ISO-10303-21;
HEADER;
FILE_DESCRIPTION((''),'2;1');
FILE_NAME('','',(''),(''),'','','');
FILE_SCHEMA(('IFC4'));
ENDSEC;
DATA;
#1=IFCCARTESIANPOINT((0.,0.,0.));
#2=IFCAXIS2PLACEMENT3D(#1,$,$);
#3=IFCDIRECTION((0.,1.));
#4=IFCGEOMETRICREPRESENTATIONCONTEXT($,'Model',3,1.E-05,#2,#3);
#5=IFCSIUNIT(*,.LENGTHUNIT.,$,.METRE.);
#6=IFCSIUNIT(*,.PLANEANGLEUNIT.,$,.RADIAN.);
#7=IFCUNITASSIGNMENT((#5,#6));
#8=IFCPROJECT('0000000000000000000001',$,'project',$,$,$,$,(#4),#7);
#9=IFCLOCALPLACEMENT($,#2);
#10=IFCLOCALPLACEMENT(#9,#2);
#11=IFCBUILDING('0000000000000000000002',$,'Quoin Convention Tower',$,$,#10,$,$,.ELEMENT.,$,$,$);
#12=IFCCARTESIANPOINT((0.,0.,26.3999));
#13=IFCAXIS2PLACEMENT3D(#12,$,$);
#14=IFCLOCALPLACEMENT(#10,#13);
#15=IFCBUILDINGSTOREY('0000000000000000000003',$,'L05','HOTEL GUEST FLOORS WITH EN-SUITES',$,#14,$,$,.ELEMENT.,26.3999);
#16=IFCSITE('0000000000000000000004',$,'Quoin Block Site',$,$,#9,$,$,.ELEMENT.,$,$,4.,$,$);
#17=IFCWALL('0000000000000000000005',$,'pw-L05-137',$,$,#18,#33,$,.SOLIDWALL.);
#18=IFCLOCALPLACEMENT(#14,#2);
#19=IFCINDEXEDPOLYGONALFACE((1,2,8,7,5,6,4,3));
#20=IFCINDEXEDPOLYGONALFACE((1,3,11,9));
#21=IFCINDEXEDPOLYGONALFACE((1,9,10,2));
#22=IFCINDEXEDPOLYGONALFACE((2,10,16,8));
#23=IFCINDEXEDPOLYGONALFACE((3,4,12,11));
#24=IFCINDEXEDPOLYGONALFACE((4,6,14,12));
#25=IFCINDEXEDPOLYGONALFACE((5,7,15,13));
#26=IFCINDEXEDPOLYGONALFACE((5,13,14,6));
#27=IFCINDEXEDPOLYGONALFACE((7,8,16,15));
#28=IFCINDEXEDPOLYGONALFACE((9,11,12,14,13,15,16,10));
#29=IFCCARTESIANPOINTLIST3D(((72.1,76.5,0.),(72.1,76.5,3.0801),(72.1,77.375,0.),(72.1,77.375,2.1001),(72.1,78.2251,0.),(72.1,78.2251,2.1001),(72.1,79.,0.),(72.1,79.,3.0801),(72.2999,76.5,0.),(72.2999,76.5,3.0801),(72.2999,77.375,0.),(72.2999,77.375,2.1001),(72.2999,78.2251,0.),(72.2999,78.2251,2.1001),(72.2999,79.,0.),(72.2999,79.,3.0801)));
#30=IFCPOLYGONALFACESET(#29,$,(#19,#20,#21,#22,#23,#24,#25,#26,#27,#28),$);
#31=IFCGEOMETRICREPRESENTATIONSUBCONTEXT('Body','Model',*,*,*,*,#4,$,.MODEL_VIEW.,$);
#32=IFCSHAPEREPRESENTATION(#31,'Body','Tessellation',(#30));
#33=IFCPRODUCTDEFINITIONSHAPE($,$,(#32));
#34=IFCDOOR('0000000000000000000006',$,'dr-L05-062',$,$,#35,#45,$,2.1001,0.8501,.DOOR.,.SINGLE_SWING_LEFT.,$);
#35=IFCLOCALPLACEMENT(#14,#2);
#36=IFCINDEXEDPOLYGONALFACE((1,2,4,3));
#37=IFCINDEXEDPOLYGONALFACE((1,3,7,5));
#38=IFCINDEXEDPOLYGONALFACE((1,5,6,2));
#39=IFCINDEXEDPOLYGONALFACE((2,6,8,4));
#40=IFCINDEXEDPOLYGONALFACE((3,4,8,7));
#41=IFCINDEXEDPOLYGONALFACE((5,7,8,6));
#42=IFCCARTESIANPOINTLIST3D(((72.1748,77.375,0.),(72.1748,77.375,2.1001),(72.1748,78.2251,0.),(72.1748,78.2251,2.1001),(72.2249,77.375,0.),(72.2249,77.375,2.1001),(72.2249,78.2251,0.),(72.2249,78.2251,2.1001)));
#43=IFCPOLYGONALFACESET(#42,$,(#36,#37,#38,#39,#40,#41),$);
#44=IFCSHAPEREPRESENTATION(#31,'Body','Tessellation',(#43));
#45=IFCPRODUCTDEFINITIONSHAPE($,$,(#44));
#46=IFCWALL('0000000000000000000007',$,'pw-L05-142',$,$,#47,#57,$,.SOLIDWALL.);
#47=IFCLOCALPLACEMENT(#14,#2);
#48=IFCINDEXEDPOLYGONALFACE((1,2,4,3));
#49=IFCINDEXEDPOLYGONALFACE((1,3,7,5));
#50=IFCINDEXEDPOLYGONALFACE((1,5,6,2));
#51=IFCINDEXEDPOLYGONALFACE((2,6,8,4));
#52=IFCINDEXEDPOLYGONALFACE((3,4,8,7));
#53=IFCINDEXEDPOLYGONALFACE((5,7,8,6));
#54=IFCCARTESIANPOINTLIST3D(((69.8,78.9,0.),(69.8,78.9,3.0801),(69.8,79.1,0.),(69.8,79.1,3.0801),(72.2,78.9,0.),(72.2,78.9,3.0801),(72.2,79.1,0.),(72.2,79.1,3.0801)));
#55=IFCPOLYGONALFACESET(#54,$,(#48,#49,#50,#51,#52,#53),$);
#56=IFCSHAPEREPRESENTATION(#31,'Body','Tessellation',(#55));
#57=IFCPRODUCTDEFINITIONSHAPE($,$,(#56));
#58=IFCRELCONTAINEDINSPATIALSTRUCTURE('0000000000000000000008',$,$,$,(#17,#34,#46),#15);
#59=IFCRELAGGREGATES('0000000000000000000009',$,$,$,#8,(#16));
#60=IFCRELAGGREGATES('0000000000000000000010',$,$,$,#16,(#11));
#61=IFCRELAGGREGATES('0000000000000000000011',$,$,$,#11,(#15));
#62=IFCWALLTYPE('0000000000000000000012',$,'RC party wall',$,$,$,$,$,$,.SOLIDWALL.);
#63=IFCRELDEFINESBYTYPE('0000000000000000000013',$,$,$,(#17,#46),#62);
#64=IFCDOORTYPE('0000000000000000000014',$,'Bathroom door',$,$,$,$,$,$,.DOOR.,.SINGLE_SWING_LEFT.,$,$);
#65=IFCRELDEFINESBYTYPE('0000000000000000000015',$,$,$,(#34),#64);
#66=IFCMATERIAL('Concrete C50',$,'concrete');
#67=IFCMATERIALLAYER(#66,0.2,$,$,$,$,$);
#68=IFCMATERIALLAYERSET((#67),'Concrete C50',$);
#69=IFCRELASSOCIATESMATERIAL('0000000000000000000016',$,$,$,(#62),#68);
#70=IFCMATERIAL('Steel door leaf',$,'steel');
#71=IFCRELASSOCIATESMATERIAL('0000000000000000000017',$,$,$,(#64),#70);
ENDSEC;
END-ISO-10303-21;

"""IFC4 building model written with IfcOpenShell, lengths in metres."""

from ifc_helpers import new_model, si_unit, direction, frame, frame_2d, origin, place, context, subcontext, project, spatial, rectangle, extrude, material, layer, layer_set, type_object, element, fill, save


model = new_model("IFC4")

# Units and contexts
model_context = context("Model", 3, precision=1e-05, world=origin(), true_north=direction((0.0, 1.0)))
body_context = subcontext(model_context, "Body", "Model", "MODEL_VIEW")
ifc_project = project(units=[si_unit("LENGTHUNIT", "METRE"), si_unit("PLANEANGLEUNIT", "RADIAN")], contexts=[model_context])

# Site, building, storey
site_placement = place(None, origin())
site = spatial("IfcSite", under=ifc_project, at=site_placement, Name="Quoin Block Site", CompositionType="ELEMENT", RefElevation=4.0)
building_placement = place(site_placement, origin())
building = spatial("IfcBuilding", under=site, at=building_placement, Name="Quoin Convention Tower", CompositionType="ELEMENT")
storey_placement = place(building_placement, frame((0.0, 0.0, 26.3999)))
storey = spatial("IfcBuildingStorey", under=building, at=storey_placement, Name="L05", Description="HOTEL GUEST FLOORS WITH EN-SUITES", CompositionType="ELEMENT", Elevation=26.3999)

# Shared definitions
ifc_material_1 = material(Name="Concrete C50", Category="concrete")
ifc_layer_1 = layer(ifc_material_1, 0.2)
ifc_layer_set_1 = layer_set([ifc_layer_1], Name="Concrete C50")
wall_type_1 = type_object("IfcWallType", Name="RC party wall", PredefinedType="SOLIDWALL", material=ifc_layer_set_1)

# Wall, opening, door
wall_1_placement = place(storey_placement, frame((72.2, 76.5, 0.0), z_axis=(0.0, 0.0, 1.0), x_axis=(0.0, 1.0, 0.0)))
wall_1 = element("IfcWall", 1, at=wall_1_placement, inside=storey, type_object=wall_type_1, Name="pw-L05-137", PredefinedType="SOLIDWALL", context=body_context, shape_type="SweptSolid", body=[
    extrude(rectangle(XDim=2.5, YDim=0.2, at=frame_2d((1.25, 0.0))), origin(), (0.0, 0.0, 1.0), 3.0801),
])
opening_1_placement = place(wall_1_placement, frame((0.875, 0.0, 0.0)))
opening_1 = element("IfcOpeningElement", 2, at=opening_1_placement, cuts=wall_1, PredefinedType="OPENING", context=body_context, shape_type="SweptSolid", body=[
    extrude(rectangle(XDim=0.8501, YDim=2.1001, at=frame_2d((0.425, 1.05))), frame((0.0, 0.1099, 0.0), z_axis=(0.0, -1.0, 0.0), x_axis=(1.0, 0.0, 0.0)), (0.0, 0.0, 1.0), 0.22),
])
ifc_material_2 = material(Name="Steel door leaf", Category="steel")
door_type = type_object("IfcDoorType", Name="Bathroom door", OperationType="SINGLE_SWING_LEFT", PredefinedType="DOOR", material=ifc_material_2)
door_placement = place(opening_1_placement, frame((0.8501, 0.0, 0.0), z_axis=(0.0, 0.0, 1.0), x_axis=(-1.0, 0.0, 0.0)))
door = element("IfcDoor", 3, at=door_placement, inside=storey, type_object=door_type, Name="dr-L05-062", OperationType="SINGLE_SWING_LEFT", OverallHeight=2.1001, OverallWidth=0.8501, PredefinedType="DOOR", context=body_context, shape_type="SweptSolid", body=[
    extrude(rectangle(XDim=0.8501, YDim=2.1001, at=frame_2d((0.425, 1.05))), frame((0.0, 0.0249, 0.0), z_axis=(0.0, -1.0, 0.0), x_axis=(1.0, 0.0, 0.0)), (0.0, 0.0, 1.0), 0.05),
])
fill(opening_1, door)

# Wall
wall_2_placement = place(storey_placement, frame((69.8, 79.0, 0.0), z_axis=(0.0, 0.0, 1.0), x_axis=(1.0, 0.0, 0.0)))
element("IfcWall", 4, at=wall_2_placement, inside=storey, type_object=wall_type_1, Name="pw-L05-142", PredefinedType="SOLIDWALL", context=body_context, shape_type="SweptSolid", body=[
    extrude(rectangle(XDim=2.3999, YDim=0.2, at=frame_2d((1.2, 0.0))), origin(), (0.0, 0.0, 1.0), 3.0801),
])

save(model, "model.ifc")
